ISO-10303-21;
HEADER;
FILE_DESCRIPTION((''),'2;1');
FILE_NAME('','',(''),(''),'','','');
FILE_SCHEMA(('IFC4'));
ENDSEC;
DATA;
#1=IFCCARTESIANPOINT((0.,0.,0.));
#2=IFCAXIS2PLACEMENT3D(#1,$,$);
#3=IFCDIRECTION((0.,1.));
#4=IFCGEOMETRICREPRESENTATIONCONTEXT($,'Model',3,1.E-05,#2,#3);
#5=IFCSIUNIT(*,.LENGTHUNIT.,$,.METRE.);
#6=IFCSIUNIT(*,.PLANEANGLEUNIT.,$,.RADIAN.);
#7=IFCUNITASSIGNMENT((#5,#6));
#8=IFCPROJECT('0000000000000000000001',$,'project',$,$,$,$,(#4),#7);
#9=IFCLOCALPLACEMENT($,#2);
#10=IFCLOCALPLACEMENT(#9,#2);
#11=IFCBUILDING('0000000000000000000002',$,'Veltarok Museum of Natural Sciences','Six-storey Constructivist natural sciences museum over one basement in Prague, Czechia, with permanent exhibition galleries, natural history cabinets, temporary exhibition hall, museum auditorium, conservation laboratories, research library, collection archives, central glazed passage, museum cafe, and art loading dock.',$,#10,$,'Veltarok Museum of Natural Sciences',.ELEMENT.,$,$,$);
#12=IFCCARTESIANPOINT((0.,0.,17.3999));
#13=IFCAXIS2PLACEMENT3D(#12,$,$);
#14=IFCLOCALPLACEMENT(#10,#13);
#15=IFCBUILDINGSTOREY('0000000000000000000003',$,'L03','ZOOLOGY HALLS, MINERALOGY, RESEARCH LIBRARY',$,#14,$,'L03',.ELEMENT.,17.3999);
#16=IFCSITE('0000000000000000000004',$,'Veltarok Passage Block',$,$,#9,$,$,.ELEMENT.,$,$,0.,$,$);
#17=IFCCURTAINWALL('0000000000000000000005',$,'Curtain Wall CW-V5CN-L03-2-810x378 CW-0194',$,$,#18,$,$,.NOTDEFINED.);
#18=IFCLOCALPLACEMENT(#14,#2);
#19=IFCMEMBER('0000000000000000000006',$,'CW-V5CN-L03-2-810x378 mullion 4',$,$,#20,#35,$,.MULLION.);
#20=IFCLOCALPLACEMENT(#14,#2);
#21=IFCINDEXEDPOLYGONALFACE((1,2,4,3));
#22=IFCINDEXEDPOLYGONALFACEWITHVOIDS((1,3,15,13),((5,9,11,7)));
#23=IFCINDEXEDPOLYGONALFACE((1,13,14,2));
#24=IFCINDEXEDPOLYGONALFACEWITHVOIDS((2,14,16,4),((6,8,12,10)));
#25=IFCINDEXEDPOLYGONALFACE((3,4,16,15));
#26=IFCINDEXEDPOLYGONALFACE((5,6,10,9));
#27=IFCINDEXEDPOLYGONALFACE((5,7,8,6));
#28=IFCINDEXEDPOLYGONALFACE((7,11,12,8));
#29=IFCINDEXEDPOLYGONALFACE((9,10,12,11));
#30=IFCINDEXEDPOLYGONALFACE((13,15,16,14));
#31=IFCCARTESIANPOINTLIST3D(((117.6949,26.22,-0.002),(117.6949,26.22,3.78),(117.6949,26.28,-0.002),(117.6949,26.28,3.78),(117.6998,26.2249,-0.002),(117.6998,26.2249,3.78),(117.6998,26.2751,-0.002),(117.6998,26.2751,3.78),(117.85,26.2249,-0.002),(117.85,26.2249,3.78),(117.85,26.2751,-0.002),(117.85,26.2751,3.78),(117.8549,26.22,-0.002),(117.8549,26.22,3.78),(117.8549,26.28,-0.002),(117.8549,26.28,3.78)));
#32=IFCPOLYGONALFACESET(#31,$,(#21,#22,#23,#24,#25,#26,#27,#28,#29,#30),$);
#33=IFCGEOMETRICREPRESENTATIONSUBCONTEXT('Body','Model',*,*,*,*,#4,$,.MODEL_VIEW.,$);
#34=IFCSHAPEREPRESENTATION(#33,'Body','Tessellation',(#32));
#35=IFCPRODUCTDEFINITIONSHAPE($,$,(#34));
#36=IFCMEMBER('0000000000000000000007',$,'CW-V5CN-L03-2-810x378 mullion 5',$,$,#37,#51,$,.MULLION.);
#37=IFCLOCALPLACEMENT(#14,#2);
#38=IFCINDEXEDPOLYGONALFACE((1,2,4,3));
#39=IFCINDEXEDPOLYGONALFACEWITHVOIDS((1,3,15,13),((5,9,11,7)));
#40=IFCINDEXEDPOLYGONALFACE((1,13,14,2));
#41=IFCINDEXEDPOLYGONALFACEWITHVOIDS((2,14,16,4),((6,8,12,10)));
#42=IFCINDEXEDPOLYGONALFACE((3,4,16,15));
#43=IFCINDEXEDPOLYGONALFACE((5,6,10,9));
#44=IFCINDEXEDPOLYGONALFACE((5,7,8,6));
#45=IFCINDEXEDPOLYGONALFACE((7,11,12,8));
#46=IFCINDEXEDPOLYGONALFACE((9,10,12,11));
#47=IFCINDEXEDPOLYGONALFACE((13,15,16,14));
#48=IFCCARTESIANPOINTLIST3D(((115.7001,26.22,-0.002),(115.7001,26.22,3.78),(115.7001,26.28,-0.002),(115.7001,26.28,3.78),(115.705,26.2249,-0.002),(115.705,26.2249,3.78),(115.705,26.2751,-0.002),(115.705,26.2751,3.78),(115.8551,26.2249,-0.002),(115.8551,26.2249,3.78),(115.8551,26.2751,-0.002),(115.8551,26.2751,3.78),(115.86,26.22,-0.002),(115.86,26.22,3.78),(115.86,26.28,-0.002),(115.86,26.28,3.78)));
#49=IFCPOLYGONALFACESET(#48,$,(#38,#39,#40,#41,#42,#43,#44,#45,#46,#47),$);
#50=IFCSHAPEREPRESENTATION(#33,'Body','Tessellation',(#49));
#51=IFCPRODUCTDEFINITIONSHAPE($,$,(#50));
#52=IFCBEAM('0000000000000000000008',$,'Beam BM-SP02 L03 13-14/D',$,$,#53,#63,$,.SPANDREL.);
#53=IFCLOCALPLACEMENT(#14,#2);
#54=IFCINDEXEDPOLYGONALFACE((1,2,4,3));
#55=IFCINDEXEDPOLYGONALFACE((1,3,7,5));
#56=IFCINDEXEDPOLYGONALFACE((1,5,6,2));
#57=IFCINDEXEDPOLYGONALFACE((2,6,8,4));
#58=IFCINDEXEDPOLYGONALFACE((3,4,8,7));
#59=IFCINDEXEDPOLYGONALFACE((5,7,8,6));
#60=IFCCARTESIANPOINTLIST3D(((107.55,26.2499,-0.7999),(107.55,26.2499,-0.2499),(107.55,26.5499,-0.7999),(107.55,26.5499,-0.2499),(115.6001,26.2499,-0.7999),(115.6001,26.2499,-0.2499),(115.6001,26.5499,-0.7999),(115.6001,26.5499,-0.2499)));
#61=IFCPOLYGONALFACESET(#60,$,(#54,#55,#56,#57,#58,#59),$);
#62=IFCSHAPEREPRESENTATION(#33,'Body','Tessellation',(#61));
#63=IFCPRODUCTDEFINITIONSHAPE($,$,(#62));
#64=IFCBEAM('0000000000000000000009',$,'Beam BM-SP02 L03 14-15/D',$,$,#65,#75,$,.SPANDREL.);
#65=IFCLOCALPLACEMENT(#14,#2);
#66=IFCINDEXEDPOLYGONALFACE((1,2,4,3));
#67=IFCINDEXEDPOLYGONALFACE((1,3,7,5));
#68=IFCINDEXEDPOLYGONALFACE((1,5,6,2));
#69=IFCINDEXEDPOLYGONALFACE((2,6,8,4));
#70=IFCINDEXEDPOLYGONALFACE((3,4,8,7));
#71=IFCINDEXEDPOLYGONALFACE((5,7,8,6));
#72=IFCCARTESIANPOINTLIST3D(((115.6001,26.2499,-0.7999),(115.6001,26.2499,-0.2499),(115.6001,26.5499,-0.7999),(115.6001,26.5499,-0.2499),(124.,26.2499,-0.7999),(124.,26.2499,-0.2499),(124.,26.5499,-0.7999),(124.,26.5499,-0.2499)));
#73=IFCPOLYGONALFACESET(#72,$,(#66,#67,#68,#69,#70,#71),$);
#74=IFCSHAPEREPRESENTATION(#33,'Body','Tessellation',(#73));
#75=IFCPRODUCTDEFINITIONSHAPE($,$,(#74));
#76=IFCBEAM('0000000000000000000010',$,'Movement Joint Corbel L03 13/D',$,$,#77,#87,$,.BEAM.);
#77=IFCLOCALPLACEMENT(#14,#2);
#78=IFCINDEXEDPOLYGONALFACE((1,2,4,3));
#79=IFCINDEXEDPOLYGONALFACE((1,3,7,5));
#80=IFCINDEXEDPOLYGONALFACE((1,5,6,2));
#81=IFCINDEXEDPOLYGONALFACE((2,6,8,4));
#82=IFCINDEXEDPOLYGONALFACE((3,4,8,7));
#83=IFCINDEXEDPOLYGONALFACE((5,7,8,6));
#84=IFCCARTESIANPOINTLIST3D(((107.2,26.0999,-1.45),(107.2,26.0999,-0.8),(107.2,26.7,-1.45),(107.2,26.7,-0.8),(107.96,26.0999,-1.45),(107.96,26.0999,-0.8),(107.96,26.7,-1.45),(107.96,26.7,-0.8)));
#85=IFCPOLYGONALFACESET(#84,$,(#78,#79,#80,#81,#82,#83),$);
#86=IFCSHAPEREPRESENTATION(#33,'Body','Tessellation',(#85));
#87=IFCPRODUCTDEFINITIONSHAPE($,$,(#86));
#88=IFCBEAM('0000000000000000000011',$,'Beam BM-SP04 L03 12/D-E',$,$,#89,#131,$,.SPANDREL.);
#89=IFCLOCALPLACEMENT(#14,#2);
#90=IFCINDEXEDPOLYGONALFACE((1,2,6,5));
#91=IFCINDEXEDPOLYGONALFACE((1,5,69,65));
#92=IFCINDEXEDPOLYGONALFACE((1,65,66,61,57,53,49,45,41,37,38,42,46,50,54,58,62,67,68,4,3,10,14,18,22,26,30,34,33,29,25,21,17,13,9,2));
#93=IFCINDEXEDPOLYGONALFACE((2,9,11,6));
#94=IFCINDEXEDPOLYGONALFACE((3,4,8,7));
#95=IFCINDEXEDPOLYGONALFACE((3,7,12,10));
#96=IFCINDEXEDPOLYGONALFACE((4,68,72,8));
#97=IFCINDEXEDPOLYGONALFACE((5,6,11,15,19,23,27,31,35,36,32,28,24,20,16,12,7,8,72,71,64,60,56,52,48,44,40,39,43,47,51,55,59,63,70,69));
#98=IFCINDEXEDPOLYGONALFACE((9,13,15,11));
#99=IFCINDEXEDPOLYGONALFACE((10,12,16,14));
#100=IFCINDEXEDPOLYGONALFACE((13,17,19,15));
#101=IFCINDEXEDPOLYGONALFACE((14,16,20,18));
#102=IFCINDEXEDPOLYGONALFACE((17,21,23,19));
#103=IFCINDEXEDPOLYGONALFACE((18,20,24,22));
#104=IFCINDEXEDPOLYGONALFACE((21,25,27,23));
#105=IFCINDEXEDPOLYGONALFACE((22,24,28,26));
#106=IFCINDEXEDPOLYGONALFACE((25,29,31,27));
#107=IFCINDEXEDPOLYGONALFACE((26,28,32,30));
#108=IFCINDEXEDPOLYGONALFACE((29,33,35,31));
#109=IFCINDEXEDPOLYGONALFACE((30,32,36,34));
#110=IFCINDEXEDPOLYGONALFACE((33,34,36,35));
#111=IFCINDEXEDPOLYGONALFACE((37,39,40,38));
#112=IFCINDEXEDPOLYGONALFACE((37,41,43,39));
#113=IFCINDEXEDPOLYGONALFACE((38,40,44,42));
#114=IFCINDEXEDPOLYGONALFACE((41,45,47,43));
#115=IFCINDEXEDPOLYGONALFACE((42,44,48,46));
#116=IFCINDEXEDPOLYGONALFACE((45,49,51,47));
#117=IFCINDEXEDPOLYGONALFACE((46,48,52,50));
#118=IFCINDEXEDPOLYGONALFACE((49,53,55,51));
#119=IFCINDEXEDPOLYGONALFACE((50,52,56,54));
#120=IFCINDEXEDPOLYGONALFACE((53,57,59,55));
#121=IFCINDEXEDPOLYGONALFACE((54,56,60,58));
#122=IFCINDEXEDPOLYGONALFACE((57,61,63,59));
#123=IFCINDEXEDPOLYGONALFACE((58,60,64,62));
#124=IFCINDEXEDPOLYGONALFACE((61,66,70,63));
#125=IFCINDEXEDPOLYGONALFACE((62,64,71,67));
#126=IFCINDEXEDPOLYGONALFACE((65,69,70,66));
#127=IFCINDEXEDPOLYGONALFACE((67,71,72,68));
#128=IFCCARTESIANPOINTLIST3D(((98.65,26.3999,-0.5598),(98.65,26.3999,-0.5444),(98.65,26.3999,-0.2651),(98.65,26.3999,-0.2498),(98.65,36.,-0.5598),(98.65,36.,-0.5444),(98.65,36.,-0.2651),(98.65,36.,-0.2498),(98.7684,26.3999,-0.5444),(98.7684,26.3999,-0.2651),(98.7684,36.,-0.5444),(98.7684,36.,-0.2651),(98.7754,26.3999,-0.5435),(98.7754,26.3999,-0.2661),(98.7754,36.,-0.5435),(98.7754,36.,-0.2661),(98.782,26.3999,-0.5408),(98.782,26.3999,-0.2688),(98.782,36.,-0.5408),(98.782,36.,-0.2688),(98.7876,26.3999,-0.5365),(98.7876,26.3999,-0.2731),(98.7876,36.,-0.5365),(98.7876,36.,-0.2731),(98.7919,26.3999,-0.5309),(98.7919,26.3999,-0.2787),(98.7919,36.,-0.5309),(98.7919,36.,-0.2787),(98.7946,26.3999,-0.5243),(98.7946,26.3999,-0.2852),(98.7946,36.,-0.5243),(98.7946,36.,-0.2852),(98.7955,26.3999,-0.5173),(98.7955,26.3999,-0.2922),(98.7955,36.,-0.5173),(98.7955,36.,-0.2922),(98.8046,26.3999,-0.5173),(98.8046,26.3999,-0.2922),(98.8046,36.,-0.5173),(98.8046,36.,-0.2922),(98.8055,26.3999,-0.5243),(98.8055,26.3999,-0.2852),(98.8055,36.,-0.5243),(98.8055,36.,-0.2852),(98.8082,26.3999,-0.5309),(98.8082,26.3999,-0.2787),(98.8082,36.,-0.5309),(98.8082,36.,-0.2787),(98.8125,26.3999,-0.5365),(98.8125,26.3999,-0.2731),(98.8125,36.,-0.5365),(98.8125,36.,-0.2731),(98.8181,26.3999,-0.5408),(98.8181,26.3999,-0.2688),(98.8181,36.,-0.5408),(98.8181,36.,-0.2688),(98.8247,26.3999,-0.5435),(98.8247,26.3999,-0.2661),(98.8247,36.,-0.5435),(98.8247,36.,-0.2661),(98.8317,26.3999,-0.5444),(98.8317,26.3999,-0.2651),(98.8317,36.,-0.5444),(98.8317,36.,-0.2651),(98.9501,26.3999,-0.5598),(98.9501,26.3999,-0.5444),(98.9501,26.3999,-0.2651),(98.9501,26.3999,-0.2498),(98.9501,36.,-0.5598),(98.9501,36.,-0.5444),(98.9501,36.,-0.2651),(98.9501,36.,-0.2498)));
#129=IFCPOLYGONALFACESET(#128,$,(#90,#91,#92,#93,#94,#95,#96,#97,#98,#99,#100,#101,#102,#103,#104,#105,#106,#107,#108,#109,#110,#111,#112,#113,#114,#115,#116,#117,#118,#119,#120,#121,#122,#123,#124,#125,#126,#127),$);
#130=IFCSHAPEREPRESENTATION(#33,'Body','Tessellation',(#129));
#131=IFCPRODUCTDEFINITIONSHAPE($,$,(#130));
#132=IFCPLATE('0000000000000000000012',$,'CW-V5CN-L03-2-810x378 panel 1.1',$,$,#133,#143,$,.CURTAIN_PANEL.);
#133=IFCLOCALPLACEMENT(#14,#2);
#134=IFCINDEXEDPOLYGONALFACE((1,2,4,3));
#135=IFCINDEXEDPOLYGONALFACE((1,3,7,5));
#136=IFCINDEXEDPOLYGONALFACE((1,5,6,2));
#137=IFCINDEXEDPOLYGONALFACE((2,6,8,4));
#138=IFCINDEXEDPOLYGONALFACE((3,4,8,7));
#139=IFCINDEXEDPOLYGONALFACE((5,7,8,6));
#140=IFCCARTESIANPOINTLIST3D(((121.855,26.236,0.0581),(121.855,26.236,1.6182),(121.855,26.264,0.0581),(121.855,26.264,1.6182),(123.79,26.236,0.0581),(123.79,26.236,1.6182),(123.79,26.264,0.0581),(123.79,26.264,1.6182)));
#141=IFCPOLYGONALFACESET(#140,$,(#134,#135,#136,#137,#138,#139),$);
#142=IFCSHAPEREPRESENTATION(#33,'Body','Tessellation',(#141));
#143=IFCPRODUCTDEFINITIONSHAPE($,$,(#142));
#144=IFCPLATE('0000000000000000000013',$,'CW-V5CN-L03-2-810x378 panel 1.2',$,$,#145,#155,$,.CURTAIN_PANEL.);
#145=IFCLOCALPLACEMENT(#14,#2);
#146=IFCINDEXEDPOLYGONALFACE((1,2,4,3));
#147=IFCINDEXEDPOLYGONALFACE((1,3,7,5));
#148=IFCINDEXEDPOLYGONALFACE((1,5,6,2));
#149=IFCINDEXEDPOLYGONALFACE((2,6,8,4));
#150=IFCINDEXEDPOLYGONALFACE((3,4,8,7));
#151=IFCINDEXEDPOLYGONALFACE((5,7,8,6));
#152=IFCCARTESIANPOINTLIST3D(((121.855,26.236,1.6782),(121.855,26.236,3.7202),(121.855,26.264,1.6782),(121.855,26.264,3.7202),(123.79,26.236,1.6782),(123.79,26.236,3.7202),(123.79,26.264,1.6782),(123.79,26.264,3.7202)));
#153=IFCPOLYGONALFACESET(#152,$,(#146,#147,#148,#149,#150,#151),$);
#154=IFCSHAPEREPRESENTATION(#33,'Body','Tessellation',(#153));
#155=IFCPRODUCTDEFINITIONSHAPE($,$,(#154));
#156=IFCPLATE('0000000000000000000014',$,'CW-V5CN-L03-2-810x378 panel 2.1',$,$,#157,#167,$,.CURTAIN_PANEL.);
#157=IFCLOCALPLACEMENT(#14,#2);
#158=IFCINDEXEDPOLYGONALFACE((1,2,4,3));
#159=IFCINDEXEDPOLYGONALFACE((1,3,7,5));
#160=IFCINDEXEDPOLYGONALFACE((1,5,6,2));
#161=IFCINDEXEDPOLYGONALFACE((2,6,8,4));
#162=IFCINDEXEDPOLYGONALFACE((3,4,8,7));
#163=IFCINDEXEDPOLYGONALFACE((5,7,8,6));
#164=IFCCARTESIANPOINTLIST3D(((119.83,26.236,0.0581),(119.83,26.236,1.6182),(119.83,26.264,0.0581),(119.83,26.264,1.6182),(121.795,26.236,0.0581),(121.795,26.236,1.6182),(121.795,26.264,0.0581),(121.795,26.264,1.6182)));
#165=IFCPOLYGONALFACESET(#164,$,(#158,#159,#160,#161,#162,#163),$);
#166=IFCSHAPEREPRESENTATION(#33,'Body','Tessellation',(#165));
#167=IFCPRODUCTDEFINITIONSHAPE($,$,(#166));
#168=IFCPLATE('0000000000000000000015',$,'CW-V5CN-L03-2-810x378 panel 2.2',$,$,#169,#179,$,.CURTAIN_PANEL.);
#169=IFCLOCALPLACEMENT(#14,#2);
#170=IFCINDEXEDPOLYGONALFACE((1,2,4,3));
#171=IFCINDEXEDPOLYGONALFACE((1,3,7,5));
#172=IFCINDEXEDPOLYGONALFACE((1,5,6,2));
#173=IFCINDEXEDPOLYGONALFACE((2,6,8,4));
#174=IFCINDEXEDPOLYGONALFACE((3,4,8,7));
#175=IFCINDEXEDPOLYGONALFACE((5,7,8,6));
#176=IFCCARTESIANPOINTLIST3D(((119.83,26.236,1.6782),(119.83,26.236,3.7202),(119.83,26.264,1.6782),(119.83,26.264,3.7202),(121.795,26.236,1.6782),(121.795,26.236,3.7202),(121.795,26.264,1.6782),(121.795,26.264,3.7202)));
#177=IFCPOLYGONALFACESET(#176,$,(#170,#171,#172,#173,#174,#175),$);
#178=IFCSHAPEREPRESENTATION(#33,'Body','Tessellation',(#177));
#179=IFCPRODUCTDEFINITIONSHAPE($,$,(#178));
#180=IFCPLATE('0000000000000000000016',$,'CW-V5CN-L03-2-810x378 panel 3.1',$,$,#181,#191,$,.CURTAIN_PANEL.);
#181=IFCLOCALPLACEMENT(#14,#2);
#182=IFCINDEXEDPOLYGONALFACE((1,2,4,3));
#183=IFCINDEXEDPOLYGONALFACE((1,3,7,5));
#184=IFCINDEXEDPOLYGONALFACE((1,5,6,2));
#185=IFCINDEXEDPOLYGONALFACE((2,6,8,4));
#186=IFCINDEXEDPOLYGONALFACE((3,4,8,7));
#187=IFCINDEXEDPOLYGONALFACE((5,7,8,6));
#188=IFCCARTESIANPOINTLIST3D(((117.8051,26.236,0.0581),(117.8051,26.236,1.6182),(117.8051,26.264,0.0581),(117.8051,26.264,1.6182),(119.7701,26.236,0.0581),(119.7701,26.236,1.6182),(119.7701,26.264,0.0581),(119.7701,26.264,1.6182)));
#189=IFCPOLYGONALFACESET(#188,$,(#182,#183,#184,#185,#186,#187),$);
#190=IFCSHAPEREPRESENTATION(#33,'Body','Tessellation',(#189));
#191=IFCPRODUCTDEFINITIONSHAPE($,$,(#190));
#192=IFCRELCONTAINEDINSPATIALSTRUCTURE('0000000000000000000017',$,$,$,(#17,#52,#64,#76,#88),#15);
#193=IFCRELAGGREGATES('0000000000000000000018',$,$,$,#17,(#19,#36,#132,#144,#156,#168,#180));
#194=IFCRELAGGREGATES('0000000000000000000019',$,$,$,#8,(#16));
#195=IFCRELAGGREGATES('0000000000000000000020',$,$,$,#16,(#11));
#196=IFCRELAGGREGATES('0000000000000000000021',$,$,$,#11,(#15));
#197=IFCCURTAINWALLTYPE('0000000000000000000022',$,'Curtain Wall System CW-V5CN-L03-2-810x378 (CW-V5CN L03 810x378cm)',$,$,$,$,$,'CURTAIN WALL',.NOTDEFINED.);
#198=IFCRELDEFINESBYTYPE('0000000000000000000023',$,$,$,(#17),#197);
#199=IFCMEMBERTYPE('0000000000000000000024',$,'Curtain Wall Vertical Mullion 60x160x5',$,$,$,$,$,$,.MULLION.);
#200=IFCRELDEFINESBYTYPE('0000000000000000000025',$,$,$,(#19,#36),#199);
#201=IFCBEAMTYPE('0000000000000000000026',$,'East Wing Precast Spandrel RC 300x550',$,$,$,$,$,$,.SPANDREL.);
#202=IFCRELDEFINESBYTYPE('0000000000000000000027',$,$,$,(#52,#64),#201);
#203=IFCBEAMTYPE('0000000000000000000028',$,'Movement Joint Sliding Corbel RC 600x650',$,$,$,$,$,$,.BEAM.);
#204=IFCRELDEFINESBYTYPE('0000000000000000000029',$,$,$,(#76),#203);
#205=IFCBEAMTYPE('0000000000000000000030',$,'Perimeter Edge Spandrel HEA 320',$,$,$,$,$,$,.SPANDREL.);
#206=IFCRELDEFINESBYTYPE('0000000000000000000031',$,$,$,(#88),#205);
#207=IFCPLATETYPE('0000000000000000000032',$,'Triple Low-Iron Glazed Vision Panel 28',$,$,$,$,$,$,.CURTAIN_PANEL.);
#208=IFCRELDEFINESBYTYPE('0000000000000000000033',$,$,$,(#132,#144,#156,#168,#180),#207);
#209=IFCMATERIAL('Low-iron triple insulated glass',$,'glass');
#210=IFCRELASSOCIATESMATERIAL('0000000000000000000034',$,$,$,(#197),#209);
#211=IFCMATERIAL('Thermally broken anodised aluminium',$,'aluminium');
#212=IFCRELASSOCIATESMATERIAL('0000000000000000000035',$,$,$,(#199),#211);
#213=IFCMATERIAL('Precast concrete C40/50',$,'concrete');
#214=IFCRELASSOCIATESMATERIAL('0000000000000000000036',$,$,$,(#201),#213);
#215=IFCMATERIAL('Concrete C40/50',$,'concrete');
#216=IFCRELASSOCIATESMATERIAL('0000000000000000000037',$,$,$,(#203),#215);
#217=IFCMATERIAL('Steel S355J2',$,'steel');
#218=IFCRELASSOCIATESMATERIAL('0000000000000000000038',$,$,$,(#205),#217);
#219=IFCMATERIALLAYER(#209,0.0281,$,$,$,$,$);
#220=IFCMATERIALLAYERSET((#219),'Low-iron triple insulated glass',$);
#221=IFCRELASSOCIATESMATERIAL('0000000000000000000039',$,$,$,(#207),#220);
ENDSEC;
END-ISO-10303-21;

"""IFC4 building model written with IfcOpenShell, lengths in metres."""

from ifc_helpers import new_model, si_unit, direction, frame, origin, origin_2d, place, context, subcontext, project, spatial, rectangle, hollow_rectangle, i_section, extrude, material, layer, layer_set, material_profile, profile_set, type_object, element, aggregate, save


model = new_model("IFC4")

# Units and contexts
model_context = context("Model", 3, precision=1e-05, world=origin(), true_north=direction((0.0, 1.0)))
body_context = subcontext(model_context, "Body", "Model", "MODEL_VIEW")
ifc_project = project(units=[si_unit("LENGTHUNIT", "METRE"), si_unit("PLANEANGLEUNIT", "RADIAN")], contexts=[model_context])

# Site, building, storey
site_placement = place(None, origin())
site = spatial("IfcSite", under=ifc_project, at=site_placement, Name="Veltarok Passage Block", CompositionType="ELEMENT", RefElevation=0.0)
building_placement = place(site_placement, origin())
building = spatial("IfcBuilding", under=site, at=building_placement, Name="Veltarok Museum of Natural Sciences", Description="Six-storey Constructivist natural sciences museum over one basement in Prague, Czechia, with permanent exhibition galleries, natural history cabinets, temporary exhibition hall, museum auditorium, conservation laboratories, research library, collection archives, central glazed passage, museum cafe, and art loading dock.", LongName="Veltarok Museum of Natural Sciences", CompositionType="ELEMENT")
storey_placement = place(building_placement, frame((0.0, 0.0, 17.3999)))
storey = spatial("IfcBuildingStorey", under=building, at=storey_placement, Name="L03", Description="ZOOLOGY HALLS, MINERALOGY, RESEARCH LIBRARY", LongName="L03", CompositionType="ELEMENT", Elevation=17.3999)

# Shared definitions
ifc_material_1 = material(Name="Steel S355J2", Category="steel")

# Curtain wall
ifc_material_2 = material(Name="Low-iron triple insulated glass", Category="glass")
curtain_wall_type_1 = type_object("IfcCurtainWallType", Name="Curtain Wall System CW-V5CN-L03-2-810x378 (CW-V5CN L03 810x378cm)", ElementType="CURTAIN WALL", PredefinedType="NOTDEFINED", material=ifc_material_2)
curtain_wall_1_placement = place(storey_placement, origin())
curtain_wall_1 = element("IfcCurtainWall", 1, at=curtain_wall_1_placement, inside=storey, type_object=curtain_wall_type_1, Name="Curtain Wall CW-V5CN-L03-2-810x378 CW-0194", PredefinedType="NOTDEFINED")
ifc_material_3 = material(Name="Thermally broken anodised aluminium", Category="aluminium")

# Shared definitions
ifc_material_profile_1 = material_profile(ifc_material_3, hollow_rectangle(XDim=0.0601, YDim=0.1599, WallThickness=0.0049, at=origin_2d()), Name="CW MULLION 60x160x5")
ifc_profile_set_1 = profile_set([ifc_material_profile_1], Name="Thermally broken anodised aluminium")
member_type_1 = type_object("IfcMemberType", Name="Curtain Wall Vertical Mullion 60x160x5", PredefinedType="MULLION", material=ifc_profile_set_1)

# Members
member_1_placement = place(storey_placement, frame((117.7749, 26.25, -0.002), z_axis=(0.0, 0.0, 1.0), x_axis=(0.0, -1.0, 0.0)))
member_1 = element("IfcMember", 2, at=member_1_placement, type_object=member_type_1, Name="CW-V5CN-L03-2-810x378 mullion 4", PredefinedType="MULLION", context=body_context, shape_type="SweptSolid", body=[
    extrude(hollow_rectangle(XDim=0.0601, YDim=0.1599, WallThickness=0.0049, at=origin_2d()), origin(), (0.0, 0.0, 1.0), 3.782),
])
member_2_placement = place(storey_placement, frame((115.78, 26.25, -0.002), z_axis=(0.0, 0.0, 1.0), x_axis=(0.0, -1.0, 0.0)))
member_2 = element("IfcMember", 3, at=member_2_placement, type_object=member_type_1, Name="CW-V5CN-L03-2-810x378 mullion 5", PredefinedType="MULLION", context=body_context, shape_type="SweptSolid", body=[
    extrude(hollow_rectangle(XDim=0.0601, YDim=0.1599, WallThickness=0.0049, at=origin_2d()), origin(), (0.0, 0.0, 1.0), 3.782),
])

# Beams
ifc_material_4 = material(Name="Precast concrete C40/50", Category="concrete")
ifc_material_profile_2 = material_profile(ifc_material_4, rectangle(XDim=0.3, YDim=0.55, at=origin_2d()), Name="RC 300x550")
ifc_profile_set_2 = profile_set([ifc_material_profile_2], Name="Precast concrete C40/50")
beam_type_1 = type_object("IfcBeamType", Name="East Wing Precast Spandrel RC 300x550", PredefinedType="SPANDREL", material=ifc_profile_set_2)
beam_1_placement = place(storey_placement, frame((107.55, 26.3999, -0.5249), z_axis=(1.0, 0.0, 0.0), x_axis=(0.0, 1.0, 0.0)))
element("IfcBeam", 4, at=beam_1_placement, inside=storey, type_object=beam_type_1, Name="Beam BM-SP02 L03 13-14/D", PredefinedType="SPANDREL", context=body_context, shape_type="SweptSolid", body=[
    extrude(rectangle(XDim=0.3, YDim=0.55, at=origin_2d()), origin(), (0.0, 0.0, 1.0), 8.05),
])
beam_2_placement = place(storey_placement, frame((115.6001, 26.3999, -0.5249), z_axis=(1.0, 0.0, 0.0), x_axis=(0.0, 1.0, 0.0)))
element("IfcBeam", 5, at=beam_2_placement, inside=storey, type_object=beam_type_1, Name="Beam BM-SP02 L03 14-15/D", PredefinedType="SPANDREL", context=body_context, shape_type="SweptSolid", body=[
    extrude(rectangle(XDim=0.3, YDim=0.55, at=origin_2d()), origin(), (0.0, 0.0, 1.0), 8.3999),
])
ifc_material_5 = material(Name="Concrete C40/50", Category="concrete")
ifc_material_profile_3 = material_profile(ifc_material_5, rectangle(XDim=0.6001, YDim=0.6499, at=origin_2d()), Name="RC 600x650")
ifc_profile_set_3 = profile_set([ifc_material_profile_3], Name="Concrete C40/50")
beam_type_2 = type_object("IfcBeamType", Name="Movement Joint Sliding Corbel RC 600x650", PredefinedType="BEAM", material=ifc_profile_set_3)
beam_3_placement = place(storey_placement, frame((107.2, 26.3999, -1.125), z_axis=(1.0, 0.0, 0.0), x_axis=(0.0, 1.0, 0.0)))
element("IfcBeam", 6, at=beam_3_placement, inside=storey, type_object=beam_type_2, Name="Movement Joint Corbel L03 13/D", PredefinedType="BEAM", context=body_context, shape_type="SweptSolid", body=[
    extrude(rectangle(XDim=0.6001, YDim=0.6499, at=origin_2d()), origin(), (0.0, 0.0, 1.0), 0.76),
])
ifc_material_profile_4 = material_profile(ifc_material_1, i_section(OverallWidth=0.3, OverallDepth=0.3101, WebThickness=0.009, FlangeThickness=0.0154, FilletRadius=0.0271, at=origin_2d()), Name="HEA 320")
ifc_profile_set_4 = profile_set([ifc_material_profile_4], Name="Steel S355J2")
beam_type_3 = type_object("IfcBeamType", Name="Perimeter Edge Spandrel HEA 320", PredefinedType="SPANDREL", material=ifc_profile_set_4)
beam_4_placement = place(storey_placement, frame((98.8, 26.3999, -0.4048), z_axis=(0.0, 1.0, 0.0), x_axis=(-1.0, 0.0, 0.0)))
element("IfcBeam", 7, at=beam_4_placement, inside=storey, type_object=beam_type_3, Name="Beam BM-SP04 L03 12/D-E", PredefinedType="SPANDREL", context=body_context, shape_type="SweptSolid", body=[
    extrude(i_section(OverallWidth=0.3, OverallDepth=0.3101, WebThickness=0.009, FlangeThickness=0.0154, FilletRadius=0.0271, at=origin_2d()), origin(), (0.0, 0.0, 1.0), 9.6001),
])

# Plates
ifc_layer = layer(ifc_material_2, 0.0281)
ifc_layer_set = layer_set([ifc_layer], Name="Low-iron triple insulated glass")
plate_type = type_object("IfcPlateType", Name="Triple Low-Iron Glazed Vision Panel 28", PredefinedType="CURTAIN_PANEL", material=ifc_layer_set)
plate_1_placement = place(storey_placement, frame((122.8225, 26.25, 0.0581), z_axis=(0.0, 0.0, 1.0), x_axis=(-1.0, 0.0, 0.0)))
plate_1 = element("IfcPlate", 8, at=plate_1_placement, type_object=plate_type, Name="CW-V5CN-L03-2-810x378 panel 1.1", PredefinedType="CURTAIN_PANEL", context=body_context, shape_type="SweptSolid", body=[
    extrude(rectangle(XDim=1.9351, YDim=0.0281, at=origin_2d()), origin(), (0.0, 0.0, 1.0), 1.5601),
])
plate_2_placement = place(storey_placement, frame((122.8225, 26.25, 1.6782), z_axis=(0.0, 0.0, 1.0), x_axis=(-1.0, 0.0, 0.0)))
plate_2 = element("IfcPlate", 9, at=plate_2_placement, type_object=plate_type, Name="CW-V5CN-L03-2-810x378 panel 1.2", PredefinedType="CURTAIN_PANEL", context=body_context, shape_type="SweptSolid", body=[
    extrude(rectangle(XDim=1.9351, YDim=0.0281, at=origin_2d()), origin(), (0.0, 0.0, 1.0), 2.042),
])
plate_3_placement = place(storey_placement, frame((120.8125, 26.25, 0.0581), z_axis=(0.0, 0.0, 1.0), x_axis=(-1.0, 0.0, 0.0)))
plate_3 = element("IfcPlate", 10, at=plate_3_placement, type_object=plate_type, Name="CW-V5CN-L03-2-810x378 panel 2.1", PredefinedType="CURTAIN_PANEL", context=body_context, shape_type="SweptSolid", body=[
    extrude(rectangle(XDim=1.9651, YDim=0.0281, at=origin_2d()), origin(), (0.0, 0.0, 1.0), 1.5601),
])
plate_4_placement = place(storey_placement, frame((120.8125, 26.25, 1.6782), z_axis=(0.0, 0.0, 1.0), x_axis=(-1.0, 0.0, 0.0)))
plate_4 = element("IfcPlate", 11, at=plate_4_placement, type_object=plate_type, Name="CW-V5CN-L03-2-810x378 panel 2.2", PredefinedType="CURTAIN_PANEL", context=body_context, shape_type="SweptSolid", body=[
    extrude(rectangle(XDim=1.9651, YDim=0.0281, at=origin_2d()), origin(), (0.0, 0.0, 1.0), 2.042),
])
plate_5_placement = place(storey_placement, frame((118.7876, 26.25, 0.0581), z_axis=(0.0, 0.0, 1.0), x_axis=(-1.0, 0.0, 0.0)))
plate_5 = element("IfcPlate", 12, at=plate_5_placement, type_object=plate_type, Name="CW-V5CN-L03-2-810x378 panel 3.1", PredefinedType="CURTAIN_PANEL", context=body_context, shape_type="SweptSolid", body=[
    extrude(rectangle(XDim=1.9651, YDim=0.0281, at=origin_2d()), origin(), (0.0, 0.0, 1.0), 1.5601),
])
aggregate(curtain_wall_1, [member_1, member_2, plate_1, plate_2, plate_3, plate_4, plate_5])

save(model, "model.ifc")
